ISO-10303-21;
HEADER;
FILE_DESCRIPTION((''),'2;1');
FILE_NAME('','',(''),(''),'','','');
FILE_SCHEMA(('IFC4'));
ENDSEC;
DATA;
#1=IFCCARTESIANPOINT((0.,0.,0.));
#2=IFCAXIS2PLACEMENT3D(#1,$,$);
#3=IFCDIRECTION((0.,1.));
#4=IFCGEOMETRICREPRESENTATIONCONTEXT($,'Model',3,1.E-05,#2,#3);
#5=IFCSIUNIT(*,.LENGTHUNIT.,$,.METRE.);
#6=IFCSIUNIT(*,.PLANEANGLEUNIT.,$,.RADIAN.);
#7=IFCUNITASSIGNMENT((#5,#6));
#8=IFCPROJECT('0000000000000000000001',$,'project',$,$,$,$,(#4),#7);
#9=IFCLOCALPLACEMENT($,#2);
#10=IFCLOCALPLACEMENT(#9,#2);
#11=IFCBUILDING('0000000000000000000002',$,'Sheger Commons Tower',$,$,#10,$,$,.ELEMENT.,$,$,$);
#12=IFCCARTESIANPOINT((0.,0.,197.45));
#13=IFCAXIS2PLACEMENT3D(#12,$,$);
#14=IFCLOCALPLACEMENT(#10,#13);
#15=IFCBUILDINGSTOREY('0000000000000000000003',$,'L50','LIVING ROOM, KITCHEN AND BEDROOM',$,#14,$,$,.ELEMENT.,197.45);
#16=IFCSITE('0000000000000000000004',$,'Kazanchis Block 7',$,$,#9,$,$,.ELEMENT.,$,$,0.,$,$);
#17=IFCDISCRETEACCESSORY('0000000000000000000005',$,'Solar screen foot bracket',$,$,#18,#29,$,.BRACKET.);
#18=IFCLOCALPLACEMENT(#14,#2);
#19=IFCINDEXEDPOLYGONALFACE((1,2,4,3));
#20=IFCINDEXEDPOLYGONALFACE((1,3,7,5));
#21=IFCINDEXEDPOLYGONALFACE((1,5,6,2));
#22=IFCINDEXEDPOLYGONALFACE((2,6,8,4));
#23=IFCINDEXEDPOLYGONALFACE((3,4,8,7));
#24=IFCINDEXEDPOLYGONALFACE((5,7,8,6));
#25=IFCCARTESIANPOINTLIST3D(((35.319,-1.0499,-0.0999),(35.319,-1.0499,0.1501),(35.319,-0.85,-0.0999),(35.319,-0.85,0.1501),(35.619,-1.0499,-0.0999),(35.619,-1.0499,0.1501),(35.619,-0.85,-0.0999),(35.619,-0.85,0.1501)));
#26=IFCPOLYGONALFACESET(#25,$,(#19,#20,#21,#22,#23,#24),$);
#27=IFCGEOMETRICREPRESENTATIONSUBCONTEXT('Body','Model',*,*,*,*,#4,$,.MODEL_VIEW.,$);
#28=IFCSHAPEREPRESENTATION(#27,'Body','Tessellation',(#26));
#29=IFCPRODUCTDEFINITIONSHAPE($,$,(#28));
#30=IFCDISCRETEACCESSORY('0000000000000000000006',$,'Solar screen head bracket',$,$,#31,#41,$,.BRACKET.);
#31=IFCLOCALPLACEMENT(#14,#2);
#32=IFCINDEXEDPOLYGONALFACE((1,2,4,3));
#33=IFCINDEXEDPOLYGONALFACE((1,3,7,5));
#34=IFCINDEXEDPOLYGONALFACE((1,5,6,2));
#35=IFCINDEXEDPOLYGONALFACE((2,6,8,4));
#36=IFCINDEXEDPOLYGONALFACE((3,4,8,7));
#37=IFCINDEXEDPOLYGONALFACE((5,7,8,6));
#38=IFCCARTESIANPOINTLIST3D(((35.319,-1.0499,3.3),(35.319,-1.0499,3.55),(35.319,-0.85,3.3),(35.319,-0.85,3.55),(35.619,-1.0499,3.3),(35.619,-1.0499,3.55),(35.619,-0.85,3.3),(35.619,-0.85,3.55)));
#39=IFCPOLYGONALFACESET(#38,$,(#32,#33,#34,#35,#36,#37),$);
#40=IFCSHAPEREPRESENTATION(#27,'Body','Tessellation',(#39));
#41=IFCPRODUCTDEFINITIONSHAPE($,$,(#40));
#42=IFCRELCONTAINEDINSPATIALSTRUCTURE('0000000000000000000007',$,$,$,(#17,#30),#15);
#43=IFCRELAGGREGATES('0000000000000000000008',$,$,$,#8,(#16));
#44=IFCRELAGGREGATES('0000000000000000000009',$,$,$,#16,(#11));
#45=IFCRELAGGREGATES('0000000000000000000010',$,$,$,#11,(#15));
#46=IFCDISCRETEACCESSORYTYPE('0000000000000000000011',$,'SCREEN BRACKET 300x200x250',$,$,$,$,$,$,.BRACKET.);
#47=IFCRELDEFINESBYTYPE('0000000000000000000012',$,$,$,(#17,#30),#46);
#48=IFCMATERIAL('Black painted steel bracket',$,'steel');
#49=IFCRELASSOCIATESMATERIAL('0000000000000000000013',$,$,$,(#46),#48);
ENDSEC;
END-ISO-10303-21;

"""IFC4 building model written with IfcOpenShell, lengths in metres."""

from ifc_helpers import new_model, si_unit, direction, frame, origin, origin_2d, place, context, subcontext, project, spatial, rectangle, extrude, material, type_object, element, save


model = new_model("IFC4")

# Units and contexts
model_context = context("Model", 3, precision=1e-05, world=origin(), true_north=direction((0.0, 1.0)))
body_context = subcontext(model_context, "Body", "Model", "MODEL_VIEW")
ifc_project = project(units=[si_unit("LENGTHUNIT", "METRE"), si_unit("PLANEANGLEUNIT", "RADIAN")], contexts=[model_context])

# Site, building, storey
site_placement = place(None, origin())
site = spatial("IfcSite", under=ifc_project, at=site_placement, Name="Kazanchis Block 7", CompositionType="ELEMENT", RefElevation=0.0)
building_placement = place(site_placement, origin())
building = spatial("IfcBuilding", under=site, at=building_placement, Name="Sheger Commons Tower", CompositionType="ELEMENT")
storey_placement = place(building_placement, frame((0.0, 0.0, 197.45)))
storey = spatial("IfcBuildingStorey", under=building, at=storey_placement, Name="L50", Description="LIVING ROOM, KITCHEN AND BEDROOM", CompositionType="ELEMENT", Elevation=197.45)

# Discrete accessories
ifc_material_1 = material(Name="Black painted steel bracket", Category="steel")
discrete_accessory_type = type_object("IfcDiscreteAccessoryType", Name="SCREEN BRACKET 300x200x250", PredefinedType="BRACKET", material=ifc_material_1)
for number, where, z_axis, x_axis, name in (
    (1, (35.469, -0.95, -0.0999), (0.0, 0.0, 1.0), (1.0, 0.0, 0.0), "Solar screen foot bracket"),
    (2, (35.469, -0.95, 3.3), (0.0, 0.0, 1.0), (1.0, 0.0, 0.0), "Solar screen head bracket"),
):
    element("IfcDiscreteAccessory", number, at=place(storey_placement, frame(where, z_axis=z_axis, x_axis=x_axis)), inside=storey, type_object=discrete_accessory_type, Name=name, PredefinedType="BRACKET", context=body_context, shape_type="SweptSolid", body=[
        extrude(rectangle(XDim=0.3, YDim=0.2, at=origin_2d()), origin(), (0.0, 0.0, 1.0), 0.25),
    ])

save(model, "model.ifc")
